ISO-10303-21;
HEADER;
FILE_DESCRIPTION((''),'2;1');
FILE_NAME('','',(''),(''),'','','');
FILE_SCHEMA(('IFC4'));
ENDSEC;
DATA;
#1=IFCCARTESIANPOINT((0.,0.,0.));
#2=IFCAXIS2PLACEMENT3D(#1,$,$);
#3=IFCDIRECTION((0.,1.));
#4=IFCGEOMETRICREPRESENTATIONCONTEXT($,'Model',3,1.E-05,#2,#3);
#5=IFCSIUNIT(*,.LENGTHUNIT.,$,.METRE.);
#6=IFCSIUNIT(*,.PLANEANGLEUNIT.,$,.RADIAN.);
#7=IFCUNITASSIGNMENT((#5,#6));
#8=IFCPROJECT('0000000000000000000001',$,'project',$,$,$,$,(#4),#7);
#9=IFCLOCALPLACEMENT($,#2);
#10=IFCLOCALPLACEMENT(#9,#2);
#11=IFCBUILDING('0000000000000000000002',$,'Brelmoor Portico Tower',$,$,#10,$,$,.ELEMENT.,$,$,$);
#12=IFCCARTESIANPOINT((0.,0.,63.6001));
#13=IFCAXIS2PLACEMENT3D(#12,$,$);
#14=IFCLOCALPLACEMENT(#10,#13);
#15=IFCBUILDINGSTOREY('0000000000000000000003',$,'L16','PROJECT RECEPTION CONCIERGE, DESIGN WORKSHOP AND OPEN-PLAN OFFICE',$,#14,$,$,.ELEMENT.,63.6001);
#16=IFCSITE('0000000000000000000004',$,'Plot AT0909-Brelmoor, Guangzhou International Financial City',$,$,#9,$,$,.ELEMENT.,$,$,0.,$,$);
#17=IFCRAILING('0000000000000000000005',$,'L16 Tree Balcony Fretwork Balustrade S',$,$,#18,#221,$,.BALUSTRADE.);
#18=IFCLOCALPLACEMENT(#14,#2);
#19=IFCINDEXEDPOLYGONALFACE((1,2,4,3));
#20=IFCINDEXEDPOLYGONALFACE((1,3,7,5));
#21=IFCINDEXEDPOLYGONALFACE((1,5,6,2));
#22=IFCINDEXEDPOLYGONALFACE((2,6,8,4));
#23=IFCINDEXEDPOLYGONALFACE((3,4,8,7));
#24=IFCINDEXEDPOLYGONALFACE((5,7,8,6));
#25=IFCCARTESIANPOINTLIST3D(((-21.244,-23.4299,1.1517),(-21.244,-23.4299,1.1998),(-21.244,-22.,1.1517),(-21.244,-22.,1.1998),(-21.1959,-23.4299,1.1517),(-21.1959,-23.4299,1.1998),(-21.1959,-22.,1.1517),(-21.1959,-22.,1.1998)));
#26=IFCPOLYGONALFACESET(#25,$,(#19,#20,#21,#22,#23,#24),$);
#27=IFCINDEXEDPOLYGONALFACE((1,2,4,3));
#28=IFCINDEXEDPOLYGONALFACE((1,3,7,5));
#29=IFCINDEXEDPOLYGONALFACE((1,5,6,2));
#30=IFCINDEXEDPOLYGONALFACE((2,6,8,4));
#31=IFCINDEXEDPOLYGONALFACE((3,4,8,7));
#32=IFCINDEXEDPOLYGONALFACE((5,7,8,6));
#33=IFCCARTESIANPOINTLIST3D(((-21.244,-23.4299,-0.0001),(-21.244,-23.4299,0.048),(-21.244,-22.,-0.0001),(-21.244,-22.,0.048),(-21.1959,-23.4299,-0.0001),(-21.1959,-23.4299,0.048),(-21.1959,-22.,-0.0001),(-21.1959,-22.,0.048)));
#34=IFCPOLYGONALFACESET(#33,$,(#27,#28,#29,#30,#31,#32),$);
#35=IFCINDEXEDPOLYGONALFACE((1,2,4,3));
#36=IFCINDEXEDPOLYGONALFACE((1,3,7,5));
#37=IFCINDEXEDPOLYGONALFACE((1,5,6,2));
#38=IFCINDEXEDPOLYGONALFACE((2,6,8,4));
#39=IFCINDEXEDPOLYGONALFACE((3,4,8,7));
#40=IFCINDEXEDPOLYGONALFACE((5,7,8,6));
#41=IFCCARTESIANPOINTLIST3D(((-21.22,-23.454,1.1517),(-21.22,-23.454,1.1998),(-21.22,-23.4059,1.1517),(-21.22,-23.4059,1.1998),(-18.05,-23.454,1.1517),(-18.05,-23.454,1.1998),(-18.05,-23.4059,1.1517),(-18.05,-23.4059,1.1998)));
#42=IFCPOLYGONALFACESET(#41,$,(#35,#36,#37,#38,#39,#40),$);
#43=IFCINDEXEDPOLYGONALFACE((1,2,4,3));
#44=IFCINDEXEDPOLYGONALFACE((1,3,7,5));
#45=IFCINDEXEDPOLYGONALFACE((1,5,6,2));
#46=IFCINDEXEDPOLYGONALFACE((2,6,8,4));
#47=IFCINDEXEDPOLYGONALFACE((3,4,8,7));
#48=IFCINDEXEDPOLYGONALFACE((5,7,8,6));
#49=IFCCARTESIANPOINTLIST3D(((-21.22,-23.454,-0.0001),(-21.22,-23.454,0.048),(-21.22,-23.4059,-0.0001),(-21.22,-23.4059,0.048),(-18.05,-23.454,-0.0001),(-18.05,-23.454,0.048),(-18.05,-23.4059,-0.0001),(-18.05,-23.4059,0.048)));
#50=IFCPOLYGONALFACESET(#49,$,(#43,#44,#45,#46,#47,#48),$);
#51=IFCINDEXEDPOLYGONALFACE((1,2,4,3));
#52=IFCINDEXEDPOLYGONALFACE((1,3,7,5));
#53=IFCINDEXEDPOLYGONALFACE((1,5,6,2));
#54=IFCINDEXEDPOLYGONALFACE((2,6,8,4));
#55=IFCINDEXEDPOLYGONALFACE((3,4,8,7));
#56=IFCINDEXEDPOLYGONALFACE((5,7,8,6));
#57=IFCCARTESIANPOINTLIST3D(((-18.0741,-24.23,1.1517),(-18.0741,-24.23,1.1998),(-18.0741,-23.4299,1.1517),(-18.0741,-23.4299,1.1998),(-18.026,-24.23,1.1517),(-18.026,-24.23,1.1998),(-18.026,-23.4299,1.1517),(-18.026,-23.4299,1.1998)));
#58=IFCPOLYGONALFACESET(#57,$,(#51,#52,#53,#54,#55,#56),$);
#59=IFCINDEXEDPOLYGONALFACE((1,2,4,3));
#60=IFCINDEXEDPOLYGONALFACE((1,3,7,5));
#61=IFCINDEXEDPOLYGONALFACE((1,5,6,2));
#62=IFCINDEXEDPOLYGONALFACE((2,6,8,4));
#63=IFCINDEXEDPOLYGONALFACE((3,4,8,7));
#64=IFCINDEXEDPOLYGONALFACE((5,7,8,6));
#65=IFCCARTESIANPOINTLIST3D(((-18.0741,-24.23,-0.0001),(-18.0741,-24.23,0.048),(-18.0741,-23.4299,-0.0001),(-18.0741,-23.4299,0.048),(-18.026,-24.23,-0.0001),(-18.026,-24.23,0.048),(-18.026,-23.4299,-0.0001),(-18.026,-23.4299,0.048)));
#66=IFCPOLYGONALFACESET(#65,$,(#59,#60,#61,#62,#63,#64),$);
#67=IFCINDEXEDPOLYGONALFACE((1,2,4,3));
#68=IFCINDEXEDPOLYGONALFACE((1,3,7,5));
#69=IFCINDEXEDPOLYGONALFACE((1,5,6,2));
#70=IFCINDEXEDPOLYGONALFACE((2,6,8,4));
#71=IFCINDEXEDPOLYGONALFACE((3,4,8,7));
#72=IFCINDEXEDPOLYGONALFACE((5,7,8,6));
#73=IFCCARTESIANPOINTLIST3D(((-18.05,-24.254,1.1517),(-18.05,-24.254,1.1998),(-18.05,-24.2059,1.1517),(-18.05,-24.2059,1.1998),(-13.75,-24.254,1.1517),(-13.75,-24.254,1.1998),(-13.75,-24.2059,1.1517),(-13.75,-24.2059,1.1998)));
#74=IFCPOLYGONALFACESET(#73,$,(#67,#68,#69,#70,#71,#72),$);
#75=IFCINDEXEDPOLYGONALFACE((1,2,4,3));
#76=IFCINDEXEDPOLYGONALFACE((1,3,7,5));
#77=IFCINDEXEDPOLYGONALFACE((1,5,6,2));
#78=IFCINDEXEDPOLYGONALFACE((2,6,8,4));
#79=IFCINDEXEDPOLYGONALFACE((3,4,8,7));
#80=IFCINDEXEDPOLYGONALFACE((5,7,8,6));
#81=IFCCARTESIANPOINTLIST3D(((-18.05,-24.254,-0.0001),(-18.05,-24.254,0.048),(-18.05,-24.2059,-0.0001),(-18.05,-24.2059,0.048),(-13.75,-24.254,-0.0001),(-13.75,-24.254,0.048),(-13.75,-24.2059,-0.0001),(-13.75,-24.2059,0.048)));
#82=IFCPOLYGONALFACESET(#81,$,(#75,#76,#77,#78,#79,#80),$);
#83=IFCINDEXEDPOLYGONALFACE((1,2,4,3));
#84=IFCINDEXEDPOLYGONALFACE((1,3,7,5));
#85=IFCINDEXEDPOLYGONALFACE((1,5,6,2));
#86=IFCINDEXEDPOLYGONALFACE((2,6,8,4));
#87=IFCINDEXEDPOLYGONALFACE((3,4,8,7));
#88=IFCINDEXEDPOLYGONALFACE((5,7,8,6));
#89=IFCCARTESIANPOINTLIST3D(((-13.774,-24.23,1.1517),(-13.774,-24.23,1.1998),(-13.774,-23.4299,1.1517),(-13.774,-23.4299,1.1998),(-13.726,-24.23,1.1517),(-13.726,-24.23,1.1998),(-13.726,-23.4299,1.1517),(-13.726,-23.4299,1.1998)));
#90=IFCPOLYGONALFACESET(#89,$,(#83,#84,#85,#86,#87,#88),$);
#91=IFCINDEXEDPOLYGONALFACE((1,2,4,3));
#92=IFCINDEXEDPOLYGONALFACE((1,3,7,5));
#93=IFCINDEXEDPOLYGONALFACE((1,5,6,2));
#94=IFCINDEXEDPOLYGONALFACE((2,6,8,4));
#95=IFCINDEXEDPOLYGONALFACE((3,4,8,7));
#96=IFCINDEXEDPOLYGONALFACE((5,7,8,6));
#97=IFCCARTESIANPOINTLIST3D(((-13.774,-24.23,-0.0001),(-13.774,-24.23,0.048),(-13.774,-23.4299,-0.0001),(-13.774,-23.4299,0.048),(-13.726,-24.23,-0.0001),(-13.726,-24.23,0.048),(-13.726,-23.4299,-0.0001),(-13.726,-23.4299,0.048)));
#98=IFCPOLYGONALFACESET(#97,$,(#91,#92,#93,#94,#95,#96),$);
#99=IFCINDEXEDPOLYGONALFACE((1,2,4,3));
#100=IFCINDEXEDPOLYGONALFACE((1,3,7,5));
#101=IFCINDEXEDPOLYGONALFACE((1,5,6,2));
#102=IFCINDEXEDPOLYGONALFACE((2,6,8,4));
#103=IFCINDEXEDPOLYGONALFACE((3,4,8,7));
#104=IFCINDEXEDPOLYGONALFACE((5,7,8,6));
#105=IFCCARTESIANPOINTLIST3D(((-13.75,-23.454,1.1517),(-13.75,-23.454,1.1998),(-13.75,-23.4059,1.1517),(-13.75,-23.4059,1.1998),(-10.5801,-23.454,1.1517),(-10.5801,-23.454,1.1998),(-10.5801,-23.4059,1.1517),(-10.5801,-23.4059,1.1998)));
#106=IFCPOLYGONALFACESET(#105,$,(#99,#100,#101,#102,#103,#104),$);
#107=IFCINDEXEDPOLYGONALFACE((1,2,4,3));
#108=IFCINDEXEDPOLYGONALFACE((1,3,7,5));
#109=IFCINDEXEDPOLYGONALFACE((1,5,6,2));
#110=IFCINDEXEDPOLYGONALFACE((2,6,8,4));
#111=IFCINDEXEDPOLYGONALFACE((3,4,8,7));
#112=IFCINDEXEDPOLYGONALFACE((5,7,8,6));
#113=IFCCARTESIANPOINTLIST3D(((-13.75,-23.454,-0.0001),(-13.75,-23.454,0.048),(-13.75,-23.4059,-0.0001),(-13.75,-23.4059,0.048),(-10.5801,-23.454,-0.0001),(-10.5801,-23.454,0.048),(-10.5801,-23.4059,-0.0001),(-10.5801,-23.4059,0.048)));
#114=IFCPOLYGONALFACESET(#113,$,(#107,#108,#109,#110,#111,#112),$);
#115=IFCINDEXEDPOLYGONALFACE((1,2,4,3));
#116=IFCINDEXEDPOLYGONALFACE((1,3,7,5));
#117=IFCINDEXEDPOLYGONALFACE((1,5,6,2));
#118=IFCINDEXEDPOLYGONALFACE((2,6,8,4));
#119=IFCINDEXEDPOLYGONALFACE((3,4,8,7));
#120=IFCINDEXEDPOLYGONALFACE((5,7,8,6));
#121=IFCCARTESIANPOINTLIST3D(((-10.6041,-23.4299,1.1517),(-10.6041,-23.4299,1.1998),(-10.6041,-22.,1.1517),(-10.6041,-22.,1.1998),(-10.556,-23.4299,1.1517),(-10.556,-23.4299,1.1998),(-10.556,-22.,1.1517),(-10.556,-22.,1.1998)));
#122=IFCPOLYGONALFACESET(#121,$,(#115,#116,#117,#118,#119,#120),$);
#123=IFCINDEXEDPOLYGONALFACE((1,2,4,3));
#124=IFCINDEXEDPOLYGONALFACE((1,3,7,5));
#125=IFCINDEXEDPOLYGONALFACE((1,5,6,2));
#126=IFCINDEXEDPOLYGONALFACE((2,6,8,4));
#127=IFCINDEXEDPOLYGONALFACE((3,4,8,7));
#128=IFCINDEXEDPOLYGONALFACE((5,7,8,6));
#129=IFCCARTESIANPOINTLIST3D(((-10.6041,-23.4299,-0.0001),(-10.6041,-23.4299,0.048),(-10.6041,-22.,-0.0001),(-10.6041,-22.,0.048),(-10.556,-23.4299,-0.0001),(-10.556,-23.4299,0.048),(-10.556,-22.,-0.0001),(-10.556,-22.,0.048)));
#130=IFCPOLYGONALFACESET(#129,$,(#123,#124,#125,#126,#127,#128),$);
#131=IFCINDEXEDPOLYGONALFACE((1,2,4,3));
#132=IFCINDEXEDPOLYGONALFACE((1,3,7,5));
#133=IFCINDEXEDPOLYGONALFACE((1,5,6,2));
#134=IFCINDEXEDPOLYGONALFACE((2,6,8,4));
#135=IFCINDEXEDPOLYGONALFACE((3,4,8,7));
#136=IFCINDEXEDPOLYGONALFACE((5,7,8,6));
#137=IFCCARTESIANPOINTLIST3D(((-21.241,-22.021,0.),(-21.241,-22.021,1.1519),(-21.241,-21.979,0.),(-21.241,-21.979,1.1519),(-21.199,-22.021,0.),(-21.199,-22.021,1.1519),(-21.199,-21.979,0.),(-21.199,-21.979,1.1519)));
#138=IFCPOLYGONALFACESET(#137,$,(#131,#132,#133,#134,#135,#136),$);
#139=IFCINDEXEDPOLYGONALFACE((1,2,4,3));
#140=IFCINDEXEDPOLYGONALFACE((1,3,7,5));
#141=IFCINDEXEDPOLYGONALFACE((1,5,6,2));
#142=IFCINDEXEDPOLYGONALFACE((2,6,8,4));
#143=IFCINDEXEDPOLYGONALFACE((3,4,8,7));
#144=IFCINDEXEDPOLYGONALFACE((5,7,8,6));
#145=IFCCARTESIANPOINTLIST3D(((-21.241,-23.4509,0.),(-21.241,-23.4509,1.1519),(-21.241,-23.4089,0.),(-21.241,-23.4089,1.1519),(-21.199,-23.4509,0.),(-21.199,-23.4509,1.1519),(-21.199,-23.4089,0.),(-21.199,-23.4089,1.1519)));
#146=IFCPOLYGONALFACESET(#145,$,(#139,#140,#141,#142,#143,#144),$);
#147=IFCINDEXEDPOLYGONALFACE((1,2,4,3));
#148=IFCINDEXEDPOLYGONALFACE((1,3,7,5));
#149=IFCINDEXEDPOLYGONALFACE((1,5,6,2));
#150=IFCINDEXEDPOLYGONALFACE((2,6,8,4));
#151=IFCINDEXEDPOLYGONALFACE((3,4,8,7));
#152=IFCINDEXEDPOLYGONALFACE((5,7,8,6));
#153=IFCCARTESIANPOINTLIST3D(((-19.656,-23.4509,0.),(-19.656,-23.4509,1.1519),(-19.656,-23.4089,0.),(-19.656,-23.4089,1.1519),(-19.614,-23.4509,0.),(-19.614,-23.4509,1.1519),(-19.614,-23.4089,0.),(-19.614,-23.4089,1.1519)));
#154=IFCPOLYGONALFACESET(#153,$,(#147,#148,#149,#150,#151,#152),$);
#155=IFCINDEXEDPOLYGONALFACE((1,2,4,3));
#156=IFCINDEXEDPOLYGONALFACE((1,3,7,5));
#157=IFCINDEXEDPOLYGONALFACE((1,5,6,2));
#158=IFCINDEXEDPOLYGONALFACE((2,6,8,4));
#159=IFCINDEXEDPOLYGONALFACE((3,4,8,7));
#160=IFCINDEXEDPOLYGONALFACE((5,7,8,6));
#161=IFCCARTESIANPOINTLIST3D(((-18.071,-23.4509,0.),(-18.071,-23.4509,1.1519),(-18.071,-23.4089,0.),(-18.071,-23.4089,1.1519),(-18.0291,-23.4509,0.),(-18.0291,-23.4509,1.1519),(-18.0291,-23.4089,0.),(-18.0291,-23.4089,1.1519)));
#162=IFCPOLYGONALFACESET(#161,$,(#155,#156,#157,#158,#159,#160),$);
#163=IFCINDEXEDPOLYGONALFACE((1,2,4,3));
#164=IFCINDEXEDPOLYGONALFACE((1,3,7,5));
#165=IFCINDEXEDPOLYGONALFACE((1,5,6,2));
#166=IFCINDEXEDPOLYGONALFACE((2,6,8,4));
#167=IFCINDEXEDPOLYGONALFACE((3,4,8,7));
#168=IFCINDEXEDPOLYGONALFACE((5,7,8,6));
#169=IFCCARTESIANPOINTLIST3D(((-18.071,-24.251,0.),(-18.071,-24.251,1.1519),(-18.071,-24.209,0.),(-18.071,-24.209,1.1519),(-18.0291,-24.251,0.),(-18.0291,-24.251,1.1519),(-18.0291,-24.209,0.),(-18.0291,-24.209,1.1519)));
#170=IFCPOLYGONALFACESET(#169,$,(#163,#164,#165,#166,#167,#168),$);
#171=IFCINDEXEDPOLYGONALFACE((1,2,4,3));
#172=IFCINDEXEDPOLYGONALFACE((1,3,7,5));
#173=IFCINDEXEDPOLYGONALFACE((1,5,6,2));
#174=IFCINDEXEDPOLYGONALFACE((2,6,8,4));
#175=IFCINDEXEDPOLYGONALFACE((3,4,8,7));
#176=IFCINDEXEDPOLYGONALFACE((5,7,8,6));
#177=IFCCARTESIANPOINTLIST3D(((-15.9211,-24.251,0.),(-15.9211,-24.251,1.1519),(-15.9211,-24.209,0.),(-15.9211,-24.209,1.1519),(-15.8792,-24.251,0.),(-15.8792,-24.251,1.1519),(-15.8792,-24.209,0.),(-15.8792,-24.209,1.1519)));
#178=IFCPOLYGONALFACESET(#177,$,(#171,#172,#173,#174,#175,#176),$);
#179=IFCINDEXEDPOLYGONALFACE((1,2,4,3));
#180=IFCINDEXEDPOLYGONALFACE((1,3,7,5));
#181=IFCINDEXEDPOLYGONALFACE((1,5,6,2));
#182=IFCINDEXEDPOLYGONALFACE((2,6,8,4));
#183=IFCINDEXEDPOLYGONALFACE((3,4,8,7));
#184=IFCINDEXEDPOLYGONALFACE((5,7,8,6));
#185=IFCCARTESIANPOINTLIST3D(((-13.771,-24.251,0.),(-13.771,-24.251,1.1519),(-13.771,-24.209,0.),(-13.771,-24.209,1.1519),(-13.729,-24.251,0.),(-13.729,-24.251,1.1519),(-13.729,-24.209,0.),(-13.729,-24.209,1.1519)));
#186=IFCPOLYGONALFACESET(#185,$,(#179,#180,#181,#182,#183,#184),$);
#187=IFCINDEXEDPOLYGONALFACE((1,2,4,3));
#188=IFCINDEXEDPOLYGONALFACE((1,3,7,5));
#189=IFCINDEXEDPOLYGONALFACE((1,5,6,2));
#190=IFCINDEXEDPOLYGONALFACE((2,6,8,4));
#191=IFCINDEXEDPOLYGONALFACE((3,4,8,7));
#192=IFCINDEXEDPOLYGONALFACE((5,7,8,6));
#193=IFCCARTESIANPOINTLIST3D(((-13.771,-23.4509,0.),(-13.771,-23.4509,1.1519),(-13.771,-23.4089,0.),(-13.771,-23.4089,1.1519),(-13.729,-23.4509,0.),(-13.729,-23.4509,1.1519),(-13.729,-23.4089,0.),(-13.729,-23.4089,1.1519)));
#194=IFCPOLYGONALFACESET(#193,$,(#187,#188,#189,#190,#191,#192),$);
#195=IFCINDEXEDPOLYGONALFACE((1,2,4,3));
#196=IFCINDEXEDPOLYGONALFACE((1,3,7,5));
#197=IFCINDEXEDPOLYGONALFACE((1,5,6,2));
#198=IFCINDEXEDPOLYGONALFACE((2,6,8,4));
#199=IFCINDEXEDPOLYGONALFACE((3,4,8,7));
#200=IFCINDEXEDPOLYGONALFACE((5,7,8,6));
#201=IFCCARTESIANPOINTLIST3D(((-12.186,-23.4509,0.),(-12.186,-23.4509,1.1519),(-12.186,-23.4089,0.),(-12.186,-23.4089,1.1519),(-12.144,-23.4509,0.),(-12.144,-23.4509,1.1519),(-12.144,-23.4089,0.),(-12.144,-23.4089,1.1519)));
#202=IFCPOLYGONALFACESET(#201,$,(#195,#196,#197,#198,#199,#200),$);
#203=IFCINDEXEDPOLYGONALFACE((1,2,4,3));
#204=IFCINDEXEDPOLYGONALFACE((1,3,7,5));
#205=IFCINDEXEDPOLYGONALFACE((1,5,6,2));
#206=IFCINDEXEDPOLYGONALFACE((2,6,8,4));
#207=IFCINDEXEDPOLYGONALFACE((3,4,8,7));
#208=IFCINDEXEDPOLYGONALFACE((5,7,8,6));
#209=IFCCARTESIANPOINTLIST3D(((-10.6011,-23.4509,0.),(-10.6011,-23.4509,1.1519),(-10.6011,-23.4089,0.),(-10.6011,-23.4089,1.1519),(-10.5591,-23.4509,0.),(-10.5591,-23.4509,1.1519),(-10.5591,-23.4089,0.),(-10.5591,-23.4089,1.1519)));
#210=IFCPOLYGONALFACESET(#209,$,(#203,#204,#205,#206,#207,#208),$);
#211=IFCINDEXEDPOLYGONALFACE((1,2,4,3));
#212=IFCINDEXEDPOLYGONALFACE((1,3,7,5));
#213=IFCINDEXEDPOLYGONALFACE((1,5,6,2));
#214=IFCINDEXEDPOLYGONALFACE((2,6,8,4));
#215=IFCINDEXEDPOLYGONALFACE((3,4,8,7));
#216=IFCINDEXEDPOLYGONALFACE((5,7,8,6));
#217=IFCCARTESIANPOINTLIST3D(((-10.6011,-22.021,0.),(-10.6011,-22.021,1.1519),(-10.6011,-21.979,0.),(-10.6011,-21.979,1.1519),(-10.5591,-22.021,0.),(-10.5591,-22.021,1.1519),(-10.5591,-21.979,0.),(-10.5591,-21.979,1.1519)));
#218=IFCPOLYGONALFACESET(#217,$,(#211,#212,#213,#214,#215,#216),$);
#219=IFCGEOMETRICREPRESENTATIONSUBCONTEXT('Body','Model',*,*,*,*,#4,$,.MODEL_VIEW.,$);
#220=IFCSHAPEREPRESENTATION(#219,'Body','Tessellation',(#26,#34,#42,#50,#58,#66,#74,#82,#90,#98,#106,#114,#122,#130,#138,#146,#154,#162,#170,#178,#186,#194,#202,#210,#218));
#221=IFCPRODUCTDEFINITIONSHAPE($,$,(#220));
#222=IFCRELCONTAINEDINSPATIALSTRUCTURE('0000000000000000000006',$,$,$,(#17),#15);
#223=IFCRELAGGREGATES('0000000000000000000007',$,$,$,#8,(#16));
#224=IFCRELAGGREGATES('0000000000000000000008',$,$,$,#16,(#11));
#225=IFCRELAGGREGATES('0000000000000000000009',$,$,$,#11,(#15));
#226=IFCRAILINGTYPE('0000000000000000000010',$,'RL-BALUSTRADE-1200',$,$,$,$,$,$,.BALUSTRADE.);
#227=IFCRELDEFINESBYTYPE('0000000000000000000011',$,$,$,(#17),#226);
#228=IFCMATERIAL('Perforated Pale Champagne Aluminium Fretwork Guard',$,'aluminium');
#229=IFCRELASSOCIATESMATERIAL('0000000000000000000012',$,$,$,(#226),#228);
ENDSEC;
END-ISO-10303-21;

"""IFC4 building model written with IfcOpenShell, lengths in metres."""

from ifc_helpers import new_model, si_unit, direction, frame, origin, origin_2d, place, context, subcontext, project, spatial, rectangle, extrude, material, type_object, element, save


model = new_model("IFC4")

# Units and contexts
model_context = context("Model", 3, precision=1e-05, world=origin(), true_north=direction((0.0, 1.0)))
body_context = subcontext(model_context, "Body", "Model", "MODEL_VIEW")
ifc_project = project(units=[si_unit("LENGTHUNIT", "METRE"), si_unit("PLANEANGLEUNIT", "RADIAN")], contexts=[model_context])

# Site, building, storey
site_placement = place(None, origin())
site = spatial("IfcSite", under=ifc_project, at=site_placement, Name="Plot AT0909-Brelmoor, Guangzhou International Financial City", CompositionType="ELEMENT", RefElevation=0.0)
building_placement = place(site_placement, origin())
building = spatial("IfcBuilding", under=site, at=building_placement, Name="Brelmoor Portico Tower", CompositionType="ELEMENT")
storey_placement = place(building_placement, frame((0.0, 0.0, 63.6001)))
storey = spatial("IfcBuildingStorey", under=building, at=storey_placement, Name="L16", Description="PROJECT RECEPTION CONCIERGE, DESIGN WORKSHOP AND OPEN-PLAN OFFICE", CompositionType="ELEMENT", Elevation=63.6001)

# Railing
ifc_material_1 = material(Name="Perforated Pale Champagne Aluminium Fretwork Guard", Category="aluminium")
railing_type = type_object("IfcRailingType", Name="RL-BALUSTRADE-1200", PredefinedType="BALUSTRADE", material=ifc_material_1)
railing_1_placement = place(storey_placement, frame((-21.22, -22.0, 0.0)))
element("IfcRailing", 1, at=railing_1_placement, inside=storey, type_object=railing_type, Name="L16 Tree Balcony Fretwork Balustrade S", PredefinedType="BALUSTRADE", context=body_context, shape_type="SweptSolid", body=[
    extrude(rectangle(XDim=0.0481, YDim=0.0481, at=origin_2d()), frame((0.0, 0.0, 1.1758), z_axis=(0.0, -1.0, 0.0), x_axis=(1.0, 0.0, 0.0)), (0.0, 0.0, 1.0), 1.4299),
    extrude(rectangle(XDim=0.0481, YDim=0.0481, at=origin_2d()), frame((0.0, 0.0, 0.0239), z_axis=(0.0, -1.0, 0.0), x_axis=(1.0, 0.0, 0.0)), (0.0, 0.0, 1.0), 1.4299),
    extrude(rectangle(XDim=0.0481, YDim=0.0481, at=origin_2d()), frame((0.0, -1.4299, 1.1758), z_axis=(1.0, 0.0, 0.0), x_axis=(0.0, 1.0, 0.0)), (0.0, 0.0, 1.0), 3.1699),
    extrude(rectangle(XDim=0.0481, YDim=0.0481, at=origin_2d()), frame((0.0, -1.4299, 0.0239), z_axis=(1.0, 0.0, 0.0), x_axis=(0.0, 1.0, 0.0)), (0.0, 0.0, 1.0), 3.1699),
    extrude(rectangle(XDim=0.0481, YDim=0.0481, at=origin_2d()), frame((3.1699, -1.4299, 1.1758), z_axis=(0.0, -1.0, 0.0), x_axis=(1.0, 0.0, 0.0)), (0.0, 0.0, 1.0), 0.8),
    extrude(rectangle(XDim=0.0481, YDim=0.0481, at=origin_2d()), frame((3.1699, -1.4299, 0.0239), z_axis=(0.0, -1.0, 0.0), x_axis=(1.0, 0.0, 0.0)), (0.0, 0.0, 1.0), 0.8),
    extrude(rectangle(XDim=0.0481, YDim=0.0481, at=origin_2d()), frame((3.1699, -2.23, 1.1758), z_axis=(1.0, 0.0, 0.0), x_axis=(0.0, 1.0, 0.0)), (0.0, 0.0, 1.0), 4.3),
    extrude(rectangle(XDim=0.0481, YDim=0.0481, at=origin_2d()), frame((3.1699, -2.23, 0.0239), z_axis=(1.0, 0.0, 0.0), x_axis=(0.0, 1.0, 0.0)), (0.0, 0.0, 1.0), 4.3),
    extrude(rectangle(XDim=0.0481, YDim=0.0481, at=origin_2d()), frame((7.47, -2.23, 1.1758), z_axis=(0.0, 1.0, 0.0), x_axis=(-1.0, 0.0, 0.0)), (0.0, 0.0, 1.0), 0.8),
    extrude(rectangle(XDim=0.0481, YDim=0.0481, at=origin_2d()), frame((7.47, -2.23, 0.0239), z_axis=(0.0, 1.0, 0.0), x_axis=(-1.0, 0.0, 0.0)), (0.0, 0.0, 1.0), 0.8),
    extrude(rectangle(XDim=0.0481, YDim=0.0481, at=origin_2d()), frame((7.47, -1.4299, 1.1758), z_axis=(1.0, 0.0, 0.0), x_axis=(0.0, 1.0, 0.0)), (0.0, 0.0, 1.0), 3.1699),
    extrude(rectangle(XDim=0.0481, YDim=0.0481, at=origin_2d()), frame((7.47, -1.4299, 0.0239), z_axis=(1.0, 0.0, 0.0), x_axis=(0.0, 1.0, 0.0)), (0.0, 0.0, 1.0), 3.1699),
    extrude(rectangle(XDim=0.0481, YDim=0.0481, at=origin_2d()), frame((10.6399, -1.4299, 1.1758), z_axis=(0.0, 1.0, 0.0), x_axis=(-1.0, 0.0, 0.0)), (0.0, 0.0, 1.0), 1.4299),
    extrude(rectangle(XDim=0.0481, YDim=0.0481, at=origin_2d()), frame((10.6399, -1.4299, 0.0239), z_axis=(0.0, 1.0, 0.0), x_axis=(-1.0, 0.0, 0.0)), (0.0, 0.0, 1.0), 1.4299),
    extrude(rectangle(XDim=0.042, YDim=0.042, at=origin_2d()), origin(), (0.0, 0.0, 1.0), 1.1519),
    extrude(rectangle(XDim=0.042, YDim=0.042, at=origin_2d()), frame((0.0, -1.4299, 0.0)), (0.0, 0.0, 1.0), 1.1519),
    extrude(rectangle(XDim=0.042, YDim=0.042, at=origin_2d()), frame((1.585, -1.4299, 0.0)), (0.0, 0.0, 1.0), 1.1519),
    extrude(rectangle(XDim=0.042, YDim=0.042, at=origin_2d()), frame((3.1699, -1.4299, 0.0)), (0.0, 0.0, 1.0), 1.1519),
    extrude(rectangle(XDim=0.042, YDim=0.042, at=origin_2d()), frame((3.1699, -2.23, 0.0)), (0.0, 0.0, 1.0), 1.1519),
    extrude(rectangle(XDim=0.042, YDim=0.042, at=origin_2d()), frame((5.3198, -2.23, 0.0)), (0.0, 0.0, 1.0), 1.1519),
    extrude(rectangle(XDim=0.042, YDim=0.042, at=origin_2d()), frame((7.47, -2.23, 0.0)), (0.0, 0.0, 1.0), 1.1519),
    extrude(rectangle(XDim=0.042, YDim=0.042, at=origin_2d()), frame((7.47, -1.4299, 0.0)), (0.0, 0.0, 1.0), 1.1519),
    extrude(rectangle(XDim=0.042, YDim=0.042, at=origin_2d()), frame((9.0549, -1.4299, 0.0)), (0.0, 0.0, 1.0), 1.1519),
    extrude(rectangle(XDim=0.042, YDim=0.042, at=origin_2d()), frame((10.6399, -1.4299, 0.0)), (0.0, 0.0, 1.0), 1.1519),
    extrude(rectangle(XDim=0.042, YDim=0.042, at=origin_2d()), frame((10.6399, 0.0, 0.0)), (0.0, 0.0, 1.0), 1.1519),
])

save(model, "model.ifc")
